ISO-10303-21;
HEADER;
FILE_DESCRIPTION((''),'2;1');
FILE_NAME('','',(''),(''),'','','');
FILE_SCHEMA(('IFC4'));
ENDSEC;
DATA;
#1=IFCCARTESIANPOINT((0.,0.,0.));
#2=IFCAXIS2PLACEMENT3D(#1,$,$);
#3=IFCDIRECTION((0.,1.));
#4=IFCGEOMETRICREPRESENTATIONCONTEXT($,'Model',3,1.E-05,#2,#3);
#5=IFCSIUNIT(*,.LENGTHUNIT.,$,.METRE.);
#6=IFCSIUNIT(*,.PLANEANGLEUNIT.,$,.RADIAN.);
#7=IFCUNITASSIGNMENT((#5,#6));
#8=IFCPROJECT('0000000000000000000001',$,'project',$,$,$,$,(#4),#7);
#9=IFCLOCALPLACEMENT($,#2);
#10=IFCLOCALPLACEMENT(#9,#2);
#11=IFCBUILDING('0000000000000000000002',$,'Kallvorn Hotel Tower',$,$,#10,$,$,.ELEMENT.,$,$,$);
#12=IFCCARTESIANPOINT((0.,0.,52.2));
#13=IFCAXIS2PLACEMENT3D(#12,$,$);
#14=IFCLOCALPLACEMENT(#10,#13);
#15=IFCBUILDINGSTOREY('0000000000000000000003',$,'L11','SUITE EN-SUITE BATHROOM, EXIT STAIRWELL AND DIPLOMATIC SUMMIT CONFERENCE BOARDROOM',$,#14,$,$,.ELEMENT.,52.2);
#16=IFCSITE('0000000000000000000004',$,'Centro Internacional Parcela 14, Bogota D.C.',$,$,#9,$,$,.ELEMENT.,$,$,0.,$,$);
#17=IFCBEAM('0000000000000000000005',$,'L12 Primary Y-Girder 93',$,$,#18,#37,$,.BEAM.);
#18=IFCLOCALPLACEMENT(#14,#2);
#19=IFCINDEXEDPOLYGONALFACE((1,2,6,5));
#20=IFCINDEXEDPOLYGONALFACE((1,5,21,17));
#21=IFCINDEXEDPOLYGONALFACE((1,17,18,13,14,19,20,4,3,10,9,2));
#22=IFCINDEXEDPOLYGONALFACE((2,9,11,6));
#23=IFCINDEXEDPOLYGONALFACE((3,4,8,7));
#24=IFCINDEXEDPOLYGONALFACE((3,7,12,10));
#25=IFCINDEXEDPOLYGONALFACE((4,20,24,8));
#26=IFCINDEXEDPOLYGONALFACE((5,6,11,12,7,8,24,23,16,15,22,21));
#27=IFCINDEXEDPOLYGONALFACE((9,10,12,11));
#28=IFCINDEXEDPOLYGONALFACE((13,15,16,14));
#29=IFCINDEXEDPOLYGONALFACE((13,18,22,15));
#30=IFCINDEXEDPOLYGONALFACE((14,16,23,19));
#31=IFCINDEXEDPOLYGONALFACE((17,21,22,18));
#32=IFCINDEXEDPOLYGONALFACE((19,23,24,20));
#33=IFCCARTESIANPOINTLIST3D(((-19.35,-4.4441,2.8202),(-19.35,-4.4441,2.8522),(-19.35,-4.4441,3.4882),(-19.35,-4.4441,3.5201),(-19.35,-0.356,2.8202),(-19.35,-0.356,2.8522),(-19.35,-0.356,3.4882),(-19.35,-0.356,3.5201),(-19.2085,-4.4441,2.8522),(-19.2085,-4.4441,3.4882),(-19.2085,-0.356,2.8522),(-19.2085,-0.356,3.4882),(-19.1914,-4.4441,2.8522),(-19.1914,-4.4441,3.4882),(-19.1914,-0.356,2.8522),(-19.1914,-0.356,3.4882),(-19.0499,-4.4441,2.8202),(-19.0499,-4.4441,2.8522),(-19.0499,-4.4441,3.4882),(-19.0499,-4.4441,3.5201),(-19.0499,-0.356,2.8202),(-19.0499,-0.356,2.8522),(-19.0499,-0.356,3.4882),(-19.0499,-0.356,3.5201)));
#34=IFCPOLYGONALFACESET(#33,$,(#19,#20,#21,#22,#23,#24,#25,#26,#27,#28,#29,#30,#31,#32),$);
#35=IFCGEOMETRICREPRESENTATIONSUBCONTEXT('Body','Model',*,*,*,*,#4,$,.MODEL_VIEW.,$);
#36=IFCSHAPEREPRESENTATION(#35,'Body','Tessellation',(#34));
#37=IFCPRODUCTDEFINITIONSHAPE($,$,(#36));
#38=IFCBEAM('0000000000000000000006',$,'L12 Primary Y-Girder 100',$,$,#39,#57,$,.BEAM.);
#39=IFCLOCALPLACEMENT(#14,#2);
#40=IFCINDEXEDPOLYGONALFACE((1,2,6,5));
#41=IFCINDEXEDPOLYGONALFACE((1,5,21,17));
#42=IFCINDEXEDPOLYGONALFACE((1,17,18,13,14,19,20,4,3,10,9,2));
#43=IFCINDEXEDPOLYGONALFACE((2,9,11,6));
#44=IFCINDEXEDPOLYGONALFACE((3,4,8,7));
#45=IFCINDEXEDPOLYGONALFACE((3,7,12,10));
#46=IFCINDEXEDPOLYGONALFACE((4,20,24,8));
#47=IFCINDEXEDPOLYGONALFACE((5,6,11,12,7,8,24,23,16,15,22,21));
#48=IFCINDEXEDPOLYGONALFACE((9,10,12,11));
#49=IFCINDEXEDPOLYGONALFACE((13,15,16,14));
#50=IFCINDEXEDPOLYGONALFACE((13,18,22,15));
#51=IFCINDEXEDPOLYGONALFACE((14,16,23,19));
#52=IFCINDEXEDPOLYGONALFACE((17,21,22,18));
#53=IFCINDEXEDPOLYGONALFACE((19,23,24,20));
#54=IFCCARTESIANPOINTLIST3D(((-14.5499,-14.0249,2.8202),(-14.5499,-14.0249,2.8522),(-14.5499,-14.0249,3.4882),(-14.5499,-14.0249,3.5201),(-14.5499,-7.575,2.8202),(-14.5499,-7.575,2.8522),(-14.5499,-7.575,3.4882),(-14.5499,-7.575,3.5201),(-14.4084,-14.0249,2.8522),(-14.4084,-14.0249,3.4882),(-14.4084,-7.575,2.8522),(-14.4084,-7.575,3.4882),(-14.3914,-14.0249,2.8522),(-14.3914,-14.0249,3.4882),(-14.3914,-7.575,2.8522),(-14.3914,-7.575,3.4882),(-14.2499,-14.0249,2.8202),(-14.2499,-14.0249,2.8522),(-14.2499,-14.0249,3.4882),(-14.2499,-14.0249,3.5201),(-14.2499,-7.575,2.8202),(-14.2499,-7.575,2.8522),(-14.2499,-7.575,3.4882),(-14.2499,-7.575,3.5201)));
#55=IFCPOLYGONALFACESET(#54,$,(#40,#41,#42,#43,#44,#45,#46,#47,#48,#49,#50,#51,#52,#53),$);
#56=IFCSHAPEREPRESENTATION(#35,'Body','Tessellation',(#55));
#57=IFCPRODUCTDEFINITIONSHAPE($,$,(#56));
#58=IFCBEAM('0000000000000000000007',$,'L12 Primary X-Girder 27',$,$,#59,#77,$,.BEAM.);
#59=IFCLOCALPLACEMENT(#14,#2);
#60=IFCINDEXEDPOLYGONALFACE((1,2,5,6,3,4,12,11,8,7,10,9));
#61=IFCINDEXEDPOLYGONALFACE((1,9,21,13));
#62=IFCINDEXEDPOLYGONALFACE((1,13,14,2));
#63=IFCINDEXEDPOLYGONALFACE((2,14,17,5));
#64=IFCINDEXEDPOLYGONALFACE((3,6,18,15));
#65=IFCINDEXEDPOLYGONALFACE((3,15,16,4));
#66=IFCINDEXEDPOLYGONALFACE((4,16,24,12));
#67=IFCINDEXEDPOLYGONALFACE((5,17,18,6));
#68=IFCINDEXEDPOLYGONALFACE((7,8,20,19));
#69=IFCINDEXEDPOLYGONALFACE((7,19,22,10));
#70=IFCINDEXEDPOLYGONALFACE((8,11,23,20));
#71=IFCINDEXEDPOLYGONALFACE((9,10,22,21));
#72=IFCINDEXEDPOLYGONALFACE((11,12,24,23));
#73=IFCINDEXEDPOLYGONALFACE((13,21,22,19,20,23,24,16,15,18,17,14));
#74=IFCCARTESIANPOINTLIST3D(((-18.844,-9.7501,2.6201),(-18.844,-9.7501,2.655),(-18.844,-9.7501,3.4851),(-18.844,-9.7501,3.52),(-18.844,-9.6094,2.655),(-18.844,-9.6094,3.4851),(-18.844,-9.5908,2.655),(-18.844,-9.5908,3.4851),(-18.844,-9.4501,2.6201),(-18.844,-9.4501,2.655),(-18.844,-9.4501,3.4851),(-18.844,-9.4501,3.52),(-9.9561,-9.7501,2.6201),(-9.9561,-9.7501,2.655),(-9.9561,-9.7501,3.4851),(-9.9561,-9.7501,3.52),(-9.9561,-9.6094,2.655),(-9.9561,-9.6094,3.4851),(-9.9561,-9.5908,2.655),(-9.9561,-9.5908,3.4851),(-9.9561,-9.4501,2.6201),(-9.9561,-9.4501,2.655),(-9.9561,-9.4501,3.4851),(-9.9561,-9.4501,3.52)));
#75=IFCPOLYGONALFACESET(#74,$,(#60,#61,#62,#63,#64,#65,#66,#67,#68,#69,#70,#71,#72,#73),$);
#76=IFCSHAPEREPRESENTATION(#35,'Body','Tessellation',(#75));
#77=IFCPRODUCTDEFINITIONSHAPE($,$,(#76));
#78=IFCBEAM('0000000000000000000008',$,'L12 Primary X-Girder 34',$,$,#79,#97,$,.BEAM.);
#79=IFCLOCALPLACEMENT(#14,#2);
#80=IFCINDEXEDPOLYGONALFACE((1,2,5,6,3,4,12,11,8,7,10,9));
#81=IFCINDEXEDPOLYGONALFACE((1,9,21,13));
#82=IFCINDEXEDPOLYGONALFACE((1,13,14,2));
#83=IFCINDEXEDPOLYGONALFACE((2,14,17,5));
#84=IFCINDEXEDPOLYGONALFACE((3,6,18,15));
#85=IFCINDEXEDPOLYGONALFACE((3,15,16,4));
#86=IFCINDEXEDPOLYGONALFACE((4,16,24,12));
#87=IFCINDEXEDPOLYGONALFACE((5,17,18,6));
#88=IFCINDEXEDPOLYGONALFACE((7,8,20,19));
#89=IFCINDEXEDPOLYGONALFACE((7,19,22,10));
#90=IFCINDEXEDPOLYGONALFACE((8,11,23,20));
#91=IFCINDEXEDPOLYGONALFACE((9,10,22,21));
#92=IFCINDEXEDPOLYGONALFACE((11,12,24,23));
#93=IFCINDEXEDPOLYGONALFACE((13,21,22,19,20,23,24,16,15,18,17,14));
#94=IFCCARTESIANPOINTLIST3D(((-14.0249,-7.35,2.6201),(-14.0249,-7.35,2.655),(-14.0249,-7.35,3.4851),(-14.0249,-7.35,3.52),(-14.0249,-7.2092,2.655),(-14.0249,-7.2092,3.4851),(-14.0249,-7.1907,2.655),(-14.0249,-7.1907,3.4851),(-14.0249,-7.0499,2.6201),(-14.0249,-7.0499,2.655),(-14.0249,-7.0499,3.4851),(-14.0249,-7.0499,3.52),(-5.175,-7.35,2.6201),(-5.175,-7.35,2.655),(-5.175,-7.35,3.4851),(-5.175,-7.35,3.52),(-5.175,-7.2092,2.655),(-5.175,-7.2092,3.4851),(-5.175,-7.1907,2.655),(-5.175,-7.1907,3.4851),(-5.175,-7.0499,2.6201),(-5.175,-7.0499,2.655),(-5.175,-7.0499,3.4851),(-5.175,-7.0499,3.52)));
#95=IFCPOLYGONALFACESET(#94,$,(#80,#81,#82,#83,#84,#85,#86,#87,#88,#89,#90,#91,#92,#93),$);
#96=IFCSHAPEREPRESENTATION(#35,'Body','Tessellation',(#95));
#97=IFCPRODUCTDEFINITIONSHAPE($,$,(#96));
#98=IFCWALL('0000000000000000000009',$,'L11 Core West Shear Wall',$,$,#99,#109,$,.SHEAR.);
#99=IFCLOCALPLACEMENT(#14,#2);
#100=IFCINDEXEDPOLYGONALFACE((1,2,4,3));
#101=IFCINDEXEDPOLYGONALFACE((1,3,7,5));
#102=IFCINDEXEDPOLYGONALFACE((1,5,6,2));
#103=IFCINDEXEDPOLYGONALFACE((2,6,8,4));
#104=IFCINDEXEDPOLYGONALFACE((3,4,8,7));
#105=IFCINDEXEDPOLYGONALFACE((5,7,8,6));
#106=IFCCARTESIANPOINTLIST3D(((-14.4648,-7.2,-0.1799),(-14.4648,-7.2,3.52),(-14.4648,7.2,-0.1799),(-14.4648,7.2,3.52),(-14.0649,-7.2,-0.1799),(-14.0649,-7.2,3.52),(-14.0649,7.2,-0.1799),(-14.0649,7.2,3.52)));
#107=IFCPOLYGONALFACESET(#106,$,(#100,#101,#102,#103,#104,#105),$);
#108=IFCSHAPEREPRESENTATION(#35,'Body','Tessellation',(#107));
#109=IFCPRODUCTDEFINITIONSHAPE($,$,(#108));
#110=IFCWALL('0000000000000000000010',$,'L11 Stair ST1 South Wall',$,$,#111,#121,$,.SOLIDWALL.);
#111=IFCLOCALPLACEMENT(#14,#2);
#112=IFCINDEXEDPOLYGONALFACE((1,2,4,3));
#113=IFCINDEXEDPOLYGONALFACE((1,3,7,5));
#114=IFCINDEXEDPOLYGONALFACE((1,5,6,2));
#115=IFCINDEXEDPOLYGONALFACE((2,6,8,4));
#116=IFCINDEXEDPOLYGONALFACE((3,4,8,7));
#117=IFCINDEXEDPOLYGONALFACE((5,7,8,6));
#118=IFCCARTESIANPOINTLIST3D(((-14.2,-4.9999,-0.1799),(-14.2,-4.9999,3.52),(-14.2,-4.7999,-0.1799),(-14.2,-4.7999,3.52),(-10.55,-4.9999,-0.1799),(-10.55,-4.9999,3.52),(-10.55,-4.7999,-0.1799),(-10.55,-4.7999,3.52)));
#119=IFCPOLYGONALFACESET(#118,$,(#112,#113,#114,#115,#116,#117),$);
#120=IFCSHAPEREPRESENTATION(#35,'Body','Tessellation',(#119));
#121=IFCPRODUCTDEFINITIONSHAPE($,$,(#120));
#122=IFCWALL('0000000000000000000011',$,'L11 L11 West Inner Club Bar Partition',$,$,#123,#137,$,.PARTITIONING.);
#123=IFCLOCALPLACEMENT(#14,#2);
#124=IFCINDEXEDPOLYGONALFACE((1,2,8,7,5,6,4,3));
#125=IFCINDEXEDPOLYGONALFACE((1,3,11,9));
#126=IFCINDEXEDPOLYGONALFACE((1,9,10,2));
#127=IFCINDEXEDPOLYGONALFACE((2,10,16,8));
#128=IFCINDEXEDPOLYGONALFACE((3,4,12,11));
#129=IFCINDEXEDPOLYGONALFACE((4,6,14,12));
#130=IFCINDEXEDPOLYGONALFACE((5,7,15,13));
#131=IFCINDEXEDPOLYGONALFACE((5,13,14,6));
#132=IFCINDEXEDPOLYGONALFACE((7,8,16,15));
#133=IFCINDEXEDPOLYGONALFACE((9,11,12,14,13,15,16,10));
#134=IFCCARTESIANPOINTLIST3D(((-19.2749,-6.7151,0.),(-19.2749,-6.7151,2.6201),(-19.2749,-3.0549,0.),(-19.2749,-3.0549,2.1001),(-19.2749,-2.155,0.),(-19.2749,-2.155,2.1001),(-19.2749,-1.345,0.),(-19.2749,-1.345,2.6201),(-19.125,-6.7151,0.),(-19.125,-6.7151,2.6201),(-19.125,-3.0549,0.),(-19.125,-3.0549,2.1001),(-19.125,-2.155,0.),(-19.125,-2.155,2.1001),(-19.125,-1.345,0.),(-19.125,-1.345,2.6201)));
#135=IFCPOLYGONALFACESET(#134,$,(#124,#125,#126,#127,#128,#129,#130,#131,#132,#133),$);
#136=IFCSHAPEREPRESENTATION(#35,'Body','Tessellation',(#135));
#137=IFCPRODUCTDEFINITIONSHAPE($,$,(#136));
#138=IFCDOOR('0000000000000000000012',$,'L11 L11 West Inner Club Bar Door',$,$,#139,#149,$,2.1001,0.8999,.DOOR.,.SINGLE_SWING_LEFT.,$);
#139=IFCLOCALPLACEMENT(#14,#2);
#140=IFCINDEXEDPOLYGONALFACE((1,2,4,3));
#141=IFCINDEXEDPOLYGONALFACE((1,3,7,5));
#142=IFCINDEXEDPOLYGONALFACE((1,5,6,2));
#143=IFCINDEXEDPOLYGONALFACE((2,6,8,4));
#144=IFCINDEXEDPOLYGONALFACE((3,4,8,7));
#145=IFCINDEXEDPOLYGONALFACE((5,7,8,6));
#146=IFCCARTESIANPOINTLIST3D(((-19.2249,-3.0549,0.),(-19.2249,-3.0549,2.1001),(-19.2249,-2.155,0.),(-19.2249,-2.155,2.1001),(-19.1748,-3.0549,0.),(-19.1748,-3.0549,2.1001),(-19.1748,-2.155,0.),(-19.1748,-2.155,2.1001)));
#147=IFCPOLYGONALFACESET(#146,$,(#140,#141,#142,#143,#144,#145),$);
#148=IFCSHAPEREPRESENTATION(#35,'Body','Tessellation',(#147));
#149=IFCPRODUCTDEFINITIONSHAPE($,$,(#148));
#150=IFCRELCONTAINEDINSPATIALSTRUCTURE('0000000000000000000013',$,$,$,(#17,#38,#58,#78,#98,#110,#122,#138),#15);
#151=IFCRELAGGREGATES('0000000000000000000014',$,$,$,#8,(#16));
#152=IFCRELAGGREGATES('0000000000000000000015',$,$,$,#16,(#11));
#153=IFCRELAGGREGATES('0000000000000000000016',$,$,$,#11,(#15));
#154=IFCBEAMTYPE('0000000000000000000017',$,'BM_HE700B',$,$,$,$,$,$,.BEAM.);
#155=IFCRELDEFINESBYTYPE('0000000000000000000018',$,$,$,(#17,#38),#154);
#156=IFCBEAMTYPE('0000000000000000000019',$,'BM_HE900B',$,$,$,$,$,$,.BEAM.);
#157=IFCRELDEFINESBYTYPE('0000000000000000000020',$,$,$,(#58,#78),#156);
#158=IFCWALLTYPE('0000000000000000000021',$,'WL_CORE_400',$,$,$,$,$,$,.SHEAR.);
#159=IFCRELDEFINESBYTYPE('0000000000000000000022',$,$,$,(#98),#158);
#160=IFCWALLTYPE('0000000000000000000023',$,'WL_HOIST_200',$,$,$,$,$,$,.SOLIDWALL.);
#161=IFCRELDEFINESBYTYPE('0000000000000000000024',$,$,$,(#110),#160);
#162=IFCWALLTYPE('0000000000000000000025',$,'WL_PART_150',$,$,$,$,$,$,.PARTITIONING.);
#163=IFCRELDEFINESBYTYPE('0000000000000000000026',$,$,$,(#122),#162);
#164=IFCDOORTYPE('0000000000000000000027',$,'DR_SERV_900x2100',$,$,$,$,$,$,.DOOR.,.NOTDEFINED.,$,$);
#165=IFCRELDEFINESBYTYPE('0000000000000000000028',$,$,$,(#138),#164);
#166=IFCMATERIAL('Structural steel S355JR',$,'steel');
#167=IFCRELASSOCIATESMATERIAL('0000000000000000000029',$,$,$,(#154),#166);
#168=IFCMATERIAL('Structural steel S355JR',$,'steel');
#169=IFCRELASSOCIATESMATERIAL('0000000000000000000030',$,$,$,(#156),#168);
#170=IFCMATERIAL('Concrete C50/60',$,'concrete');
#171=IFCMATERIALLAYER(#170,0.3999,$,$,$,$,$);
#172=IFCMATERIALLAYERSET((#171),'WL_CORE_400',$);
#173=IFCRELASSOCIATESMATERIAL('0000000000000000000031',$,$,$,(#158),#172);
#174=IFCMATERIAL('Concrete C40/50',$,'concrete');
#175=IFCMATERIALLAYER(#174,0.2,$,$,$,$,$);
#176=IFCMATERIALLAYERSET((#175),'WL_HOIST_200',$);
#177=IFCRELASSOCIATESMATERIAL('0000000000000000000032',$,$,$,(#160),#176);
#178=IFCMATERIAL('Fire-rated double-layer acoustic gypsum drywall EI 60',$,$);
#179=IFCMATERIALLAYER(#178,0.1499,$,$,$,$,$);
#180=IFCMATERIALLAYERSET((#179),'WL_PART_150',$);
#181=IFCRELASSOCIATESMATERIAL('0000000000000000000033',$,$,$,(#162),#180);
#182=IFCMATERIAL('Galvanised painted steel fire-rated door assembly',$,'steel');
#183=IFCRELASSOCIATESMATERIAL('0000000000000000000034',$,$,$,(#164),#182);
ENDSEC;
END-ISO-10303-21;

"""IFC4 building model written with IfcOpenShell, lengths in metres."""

from ifc_helpers import new_model, si_unit, direction, frame, frame_2d, origin, origin_2d, place, context, subcontext, project, spatial, rectangle, i_section, extrude, material, layer, layer_set, material_profile, profile_set, type_object, element, fill, save


model = new_model("IFC4")

# Units and contexts
model_context = context("Model", 3, precision=1e-05, world=origin(), true_north=direction((0.0, 1.0)))
body_context = subcontext(model_context, "Body", "Model", "MODEL_VIEW")
ifc_project = project(units=[si_unit("LENGTHUNIT", "METRE"), si_unit("PLANEANGLEUNIT", "RADIAN")], contexts=[model_context])

# Site, building, storey
site_placement = place(None, origin())
site = spatial("IfcSite", under=ifc_project, at=site_placement, Name="Centro Internacional Parcela 14, Bogota D.C.", CompositionType="ELEMENT", RefElevation=0.0)
building_placement = place(site_placement, origin())
building = spatial("IfcBuilding", under=site, at=building_placement, Name="Kallvorn Hotel Tower", CompositionType="ELEMENT")
storey_placement = place(building_placement, frame((0.0, 0.0, 52.2)))
storey = spatial("IfcBuildingStorey", under=building, at=storey_placement, Name="L11", Description="SUITE EN-SUITE BATHROOM, EXIT STAIRWELL AND DIPLOMATIC SUMMIT CONFERENCE BOARDROOM", CompositionType="ELEMENT", Elevation=52.2)

# Beams
ifc_material_1 = material(Name="Structural steel S355JR", Category="steel")
ifc_material_profile_1 = material_profile(ifc_material_1, i_section(OverallWidth=0.3, OverallDepth=0.7, WebThickness=0.0171, FlangeThickness=0.032, at=origin_2d()), Name="HE 700 B")
ifc_profile_set_1 = profile_set([ifc_material_profile_1], Name="Structural steel S355JR")
beam_type_1 = type_object("IfcBeamType", Name="BM_HE700B", PredefinedType="BEAM", material=ifc_profile_set_1)
beam_1_placement = place(storey_placement, frame((-19.2, -4.4441, 3.1702), z_axis=(0.0, 1.0, 0.0), x_axis=(-1.0, 0.0, 0.0)))
element("IfcBeam", 1, at=beam_1_placement, inside=storey, type_object=beam_type_1, Name="L12 Primary Y-Girder 93", PredefinedType="BEAM", context=body_context, shape_type="SweptSolid", body=[
    extrude(i_section(OverallWidth=0.3, OverallDepth=0.7, WebThickness=0.0171, FlangeThickness=0.032, at=origin_2d()), origin(), (0.0, 0.0, 1.0), 4.0881),
])
beam_2_placement = place(storey_placement, frame((-14.3999, -14.0249, 3.1702), z_axis=(0.0, 1.0, 0.0), x_axis=(-1.0, 0.0, 0.0)))
element("IfcBeam", 2, at=beam_2_placement, inside=storey, type_object=beam_type_1, Name="L12 Primary Y-Girder 100", PredefinedType="BEAM", context=body_context, shape_type="SweptSolid", body=[
    extrude(i_section(OverallWidth=0.3, OverallDepth=0.7, WebThickness=0.0171, FlangeThickness=0.032, at=origin_2d()), origin(), (0.0, 0.0, 1.0), 6.45),
])
ifc_material_2 = material(Name="Structural steel S355JR", Category="steel")
ifc_material_profile_2 = material_profile(ifc_material_2, i_section(OverallWidth=0.3, OverallDepth=0.8999, WebThickness=0.0186, FlangeThickness=0.0349, at=origin_2d()), Name="HE 900 B")
ifc_profile_set_2 = profile_set([ifc_material_profile_2], Name="Structural steel S355JR")
beam_type_2 = type_object("IfcBeamType", Name="BM_HE900B", PredefinedType="BEAM", material=ifc_profile_set_2)
beam_3_placement = place(storey_placement, frame((-18.844, -9.6001, 3.0701), z_axis=(1.0, 0.0, 0.0), x_axis=(0.0, 1.0, 0.0)))
element("IfcBeam", 3, at=beam_3_placement, inside=storey, type_object=beam_type_2, Name="L12 Primary X-Girder 27", PredefinedType="BEAM", context=body_context, shape_type="SweptSolid", body=[
    extrude(i_section(OverallWidth=0.3, OverallDepth=0.8999, WebThickness=0.0186, FlangeThickness=0.0349, at=origin_2d()), origin(), (0.0, 0.0, 1.0), 8.8879),
])
beam_4_placement = place(storey_placement, frame((-14.0249, -7.2, 3.0701), z_axis=(1.0, 0.0, 0.0), x_axis=(0.0, 1.0, 0.0)))
element("IfcBeam", 4, at=beam_4_placement, inside=storey, type_object=beam_type_2, Name="L12 Primary X-Girder 34", PredefinedType="BEAM", context=body_context, shape_type="SweptSolid", body=[
    extrude(i_section(OverallWidth=0.3, OverallDepth=0.8999, WebThickness=0.0186, FlangeThickness=0.0349, at=origin_2d()), origin(), (0.0, 0.0, 1.0), 8.8499),
])

# Walls
ifc_material_3 = material(Name="Concrete C50/60", Category="concrete")
ifc_layer_1 = layer(ifc_material_3, 0.3999)
ifc_layer_set_1 = layer_set([ifc_layer_1], Name="WL_CORE_400")
wall_type_1 = type_object("IfcWallType", Name="WL_CORE_400", PredefinedType="SHEAR", material=ifc_layer_set_1)
wall_1_placement = place(storey_placement, frame((-14.2649, -7.2, -0.1799), z_axis=(0.0, 0.0, 1.0), x_axis=(0.0, 1.0, 0.0)))
element("IfcWall", 5, at=wall_1_placement, inside=storey, type_object=wall_type_1, Name="L11 Core West Shear Wall", PredefinedType="SHEAR", context=body_context, shape_type="SweptSolid", body=[
    extrude(rectangle(XDim=14.3999, YDim=0.3999, at=frame_2d((7.2, 0.0))), origin(), (0.0, 0.0, 1.0), 3.7),
])
ifc_material_4 = material(Name="Concrete C40/50", Category="concrete")
ifc_layer_2 = layer(ifc_material_4, 0.2)
ifc_layer_set_2 = layer_set([ifc_layer_2], Name="WL_HOIST_200")
wall_type_2 = type_object("IfcWallType", Name="WL_HOIST_200", PredefinedType="SOLIDWALL", material=ifc_layer_set_2)
wall_2_placement = place(storey_placement, frame((-14.2, -4.8999, -0.1799), z_axis=(0.0, 0.0, 1.0), x_axis=(1.0, 0.0, 0.0)))
element("IfcWall", 6, at=wall_2_placement, inside=storey, type_object=wall_type_2, Name="L11 Stair ST1 South Wall", PredefinedType="SOLIDWALL", context=body_context, shape_type="SweptSolid", body=[
    extrude(rectangle(XDim=3.6499, YDim=0.2, at=frame_2d((1.825, 0.0))), origin(), (0.0, 0.0, 1.0), 3.7),
])

# Wall, opening, door
ifc_material_5 = material(Name="Fire-rated double-layer acoustic gypsum drywall EI 60")
ifc_layer_3 = layer(ifc_material_5, 0.1499)
ifc_layer_set_3 = layer_set([ifc_layer_3], Name="WL_PART_150")
wall_type_3 = type_object("IfcWallType", Name="WL_PART_150", PredefinedType="PARTITIONING", material=ifc_layer_set_3)
wall_3_placement = place(storey_placement, frame((-19.2, -6.7151, 0.0), z_axis=(0.0, 0.0, 1.0), x_axis=(0.0, 1.0, 0.0)))
wall_3 = element("IfcWall", 7, at=wall_3_placement, inside=storey, type_object=wall_type_3, Name="L11 L11 West Inner Club Bar Partition", PredefinedType="PARTITIONING", context=body_context, shape_type="SweptSolid", body=[
    extrude(rectangle(XDim=5.3701, YDim=0.1499, at=frame_2d((2.6851, 0.0))), origin(), (0.0, 0.0, 1.0), 2.6201),
])
opening_1_placement = place(wall_3_placement, frame((3.6602, 0.0, 0.0)))
opening_1 = element("IfcOpeningElement", 8, at=opening_1_placement, cuts=wall_3, PredefinedType="OPENING", context=body_context, shape_type="SweptSolid", body=[
    extrude(rectangle(XDim=0.8999, YDim=2.1001, at=frame_2d((0.45, 1.05))), frame((0.0, 0.0898, 0.0), z_axis=(0.0, -1.0, 0.0), x_axis=(1.0, 0.0, 0.0)), (0.0, 0.0, 1.0), 0.1799),
])
ifc_material_6 = material(Name="Galvanised painted steel fire-rated door assembly", Category="steel")
door_type_1 = type_object("IfcDoorType", Name="DR_SERV_900x2100", OperationType="NOTDEFINED", PredefinedType="DOOR", material=ifc_material_6)
door_1_placement = place(opening_1_placement, origin())
door_1 = element("IfcDoor", 9, at=door_1_placement, inside=storey, type_object=door_type_1, Name="L11 L11 West Inner Club Bar Door", OperationType="SINGLE_SWING_LEFT", OverallHeight=2.1001, OverallWidth=0.8999, PredefinedType="DOOR", context=body_context, shape_type="SweptSolid", body=[
    extrude(rectangle(XDim=0.8999, YDim=2.1001, at=frame_2d((0.45, 1.05))), frame((0.0, 0.0249, 0.0), z_axis=(0.0, -1.0, 0.0), x_axis=(1.0, 0.0, 0.0)), (0.0, 0.0, 1.0), 0.05),
])
fill(opening_1, door_1)

save(model, "model.ifc")
